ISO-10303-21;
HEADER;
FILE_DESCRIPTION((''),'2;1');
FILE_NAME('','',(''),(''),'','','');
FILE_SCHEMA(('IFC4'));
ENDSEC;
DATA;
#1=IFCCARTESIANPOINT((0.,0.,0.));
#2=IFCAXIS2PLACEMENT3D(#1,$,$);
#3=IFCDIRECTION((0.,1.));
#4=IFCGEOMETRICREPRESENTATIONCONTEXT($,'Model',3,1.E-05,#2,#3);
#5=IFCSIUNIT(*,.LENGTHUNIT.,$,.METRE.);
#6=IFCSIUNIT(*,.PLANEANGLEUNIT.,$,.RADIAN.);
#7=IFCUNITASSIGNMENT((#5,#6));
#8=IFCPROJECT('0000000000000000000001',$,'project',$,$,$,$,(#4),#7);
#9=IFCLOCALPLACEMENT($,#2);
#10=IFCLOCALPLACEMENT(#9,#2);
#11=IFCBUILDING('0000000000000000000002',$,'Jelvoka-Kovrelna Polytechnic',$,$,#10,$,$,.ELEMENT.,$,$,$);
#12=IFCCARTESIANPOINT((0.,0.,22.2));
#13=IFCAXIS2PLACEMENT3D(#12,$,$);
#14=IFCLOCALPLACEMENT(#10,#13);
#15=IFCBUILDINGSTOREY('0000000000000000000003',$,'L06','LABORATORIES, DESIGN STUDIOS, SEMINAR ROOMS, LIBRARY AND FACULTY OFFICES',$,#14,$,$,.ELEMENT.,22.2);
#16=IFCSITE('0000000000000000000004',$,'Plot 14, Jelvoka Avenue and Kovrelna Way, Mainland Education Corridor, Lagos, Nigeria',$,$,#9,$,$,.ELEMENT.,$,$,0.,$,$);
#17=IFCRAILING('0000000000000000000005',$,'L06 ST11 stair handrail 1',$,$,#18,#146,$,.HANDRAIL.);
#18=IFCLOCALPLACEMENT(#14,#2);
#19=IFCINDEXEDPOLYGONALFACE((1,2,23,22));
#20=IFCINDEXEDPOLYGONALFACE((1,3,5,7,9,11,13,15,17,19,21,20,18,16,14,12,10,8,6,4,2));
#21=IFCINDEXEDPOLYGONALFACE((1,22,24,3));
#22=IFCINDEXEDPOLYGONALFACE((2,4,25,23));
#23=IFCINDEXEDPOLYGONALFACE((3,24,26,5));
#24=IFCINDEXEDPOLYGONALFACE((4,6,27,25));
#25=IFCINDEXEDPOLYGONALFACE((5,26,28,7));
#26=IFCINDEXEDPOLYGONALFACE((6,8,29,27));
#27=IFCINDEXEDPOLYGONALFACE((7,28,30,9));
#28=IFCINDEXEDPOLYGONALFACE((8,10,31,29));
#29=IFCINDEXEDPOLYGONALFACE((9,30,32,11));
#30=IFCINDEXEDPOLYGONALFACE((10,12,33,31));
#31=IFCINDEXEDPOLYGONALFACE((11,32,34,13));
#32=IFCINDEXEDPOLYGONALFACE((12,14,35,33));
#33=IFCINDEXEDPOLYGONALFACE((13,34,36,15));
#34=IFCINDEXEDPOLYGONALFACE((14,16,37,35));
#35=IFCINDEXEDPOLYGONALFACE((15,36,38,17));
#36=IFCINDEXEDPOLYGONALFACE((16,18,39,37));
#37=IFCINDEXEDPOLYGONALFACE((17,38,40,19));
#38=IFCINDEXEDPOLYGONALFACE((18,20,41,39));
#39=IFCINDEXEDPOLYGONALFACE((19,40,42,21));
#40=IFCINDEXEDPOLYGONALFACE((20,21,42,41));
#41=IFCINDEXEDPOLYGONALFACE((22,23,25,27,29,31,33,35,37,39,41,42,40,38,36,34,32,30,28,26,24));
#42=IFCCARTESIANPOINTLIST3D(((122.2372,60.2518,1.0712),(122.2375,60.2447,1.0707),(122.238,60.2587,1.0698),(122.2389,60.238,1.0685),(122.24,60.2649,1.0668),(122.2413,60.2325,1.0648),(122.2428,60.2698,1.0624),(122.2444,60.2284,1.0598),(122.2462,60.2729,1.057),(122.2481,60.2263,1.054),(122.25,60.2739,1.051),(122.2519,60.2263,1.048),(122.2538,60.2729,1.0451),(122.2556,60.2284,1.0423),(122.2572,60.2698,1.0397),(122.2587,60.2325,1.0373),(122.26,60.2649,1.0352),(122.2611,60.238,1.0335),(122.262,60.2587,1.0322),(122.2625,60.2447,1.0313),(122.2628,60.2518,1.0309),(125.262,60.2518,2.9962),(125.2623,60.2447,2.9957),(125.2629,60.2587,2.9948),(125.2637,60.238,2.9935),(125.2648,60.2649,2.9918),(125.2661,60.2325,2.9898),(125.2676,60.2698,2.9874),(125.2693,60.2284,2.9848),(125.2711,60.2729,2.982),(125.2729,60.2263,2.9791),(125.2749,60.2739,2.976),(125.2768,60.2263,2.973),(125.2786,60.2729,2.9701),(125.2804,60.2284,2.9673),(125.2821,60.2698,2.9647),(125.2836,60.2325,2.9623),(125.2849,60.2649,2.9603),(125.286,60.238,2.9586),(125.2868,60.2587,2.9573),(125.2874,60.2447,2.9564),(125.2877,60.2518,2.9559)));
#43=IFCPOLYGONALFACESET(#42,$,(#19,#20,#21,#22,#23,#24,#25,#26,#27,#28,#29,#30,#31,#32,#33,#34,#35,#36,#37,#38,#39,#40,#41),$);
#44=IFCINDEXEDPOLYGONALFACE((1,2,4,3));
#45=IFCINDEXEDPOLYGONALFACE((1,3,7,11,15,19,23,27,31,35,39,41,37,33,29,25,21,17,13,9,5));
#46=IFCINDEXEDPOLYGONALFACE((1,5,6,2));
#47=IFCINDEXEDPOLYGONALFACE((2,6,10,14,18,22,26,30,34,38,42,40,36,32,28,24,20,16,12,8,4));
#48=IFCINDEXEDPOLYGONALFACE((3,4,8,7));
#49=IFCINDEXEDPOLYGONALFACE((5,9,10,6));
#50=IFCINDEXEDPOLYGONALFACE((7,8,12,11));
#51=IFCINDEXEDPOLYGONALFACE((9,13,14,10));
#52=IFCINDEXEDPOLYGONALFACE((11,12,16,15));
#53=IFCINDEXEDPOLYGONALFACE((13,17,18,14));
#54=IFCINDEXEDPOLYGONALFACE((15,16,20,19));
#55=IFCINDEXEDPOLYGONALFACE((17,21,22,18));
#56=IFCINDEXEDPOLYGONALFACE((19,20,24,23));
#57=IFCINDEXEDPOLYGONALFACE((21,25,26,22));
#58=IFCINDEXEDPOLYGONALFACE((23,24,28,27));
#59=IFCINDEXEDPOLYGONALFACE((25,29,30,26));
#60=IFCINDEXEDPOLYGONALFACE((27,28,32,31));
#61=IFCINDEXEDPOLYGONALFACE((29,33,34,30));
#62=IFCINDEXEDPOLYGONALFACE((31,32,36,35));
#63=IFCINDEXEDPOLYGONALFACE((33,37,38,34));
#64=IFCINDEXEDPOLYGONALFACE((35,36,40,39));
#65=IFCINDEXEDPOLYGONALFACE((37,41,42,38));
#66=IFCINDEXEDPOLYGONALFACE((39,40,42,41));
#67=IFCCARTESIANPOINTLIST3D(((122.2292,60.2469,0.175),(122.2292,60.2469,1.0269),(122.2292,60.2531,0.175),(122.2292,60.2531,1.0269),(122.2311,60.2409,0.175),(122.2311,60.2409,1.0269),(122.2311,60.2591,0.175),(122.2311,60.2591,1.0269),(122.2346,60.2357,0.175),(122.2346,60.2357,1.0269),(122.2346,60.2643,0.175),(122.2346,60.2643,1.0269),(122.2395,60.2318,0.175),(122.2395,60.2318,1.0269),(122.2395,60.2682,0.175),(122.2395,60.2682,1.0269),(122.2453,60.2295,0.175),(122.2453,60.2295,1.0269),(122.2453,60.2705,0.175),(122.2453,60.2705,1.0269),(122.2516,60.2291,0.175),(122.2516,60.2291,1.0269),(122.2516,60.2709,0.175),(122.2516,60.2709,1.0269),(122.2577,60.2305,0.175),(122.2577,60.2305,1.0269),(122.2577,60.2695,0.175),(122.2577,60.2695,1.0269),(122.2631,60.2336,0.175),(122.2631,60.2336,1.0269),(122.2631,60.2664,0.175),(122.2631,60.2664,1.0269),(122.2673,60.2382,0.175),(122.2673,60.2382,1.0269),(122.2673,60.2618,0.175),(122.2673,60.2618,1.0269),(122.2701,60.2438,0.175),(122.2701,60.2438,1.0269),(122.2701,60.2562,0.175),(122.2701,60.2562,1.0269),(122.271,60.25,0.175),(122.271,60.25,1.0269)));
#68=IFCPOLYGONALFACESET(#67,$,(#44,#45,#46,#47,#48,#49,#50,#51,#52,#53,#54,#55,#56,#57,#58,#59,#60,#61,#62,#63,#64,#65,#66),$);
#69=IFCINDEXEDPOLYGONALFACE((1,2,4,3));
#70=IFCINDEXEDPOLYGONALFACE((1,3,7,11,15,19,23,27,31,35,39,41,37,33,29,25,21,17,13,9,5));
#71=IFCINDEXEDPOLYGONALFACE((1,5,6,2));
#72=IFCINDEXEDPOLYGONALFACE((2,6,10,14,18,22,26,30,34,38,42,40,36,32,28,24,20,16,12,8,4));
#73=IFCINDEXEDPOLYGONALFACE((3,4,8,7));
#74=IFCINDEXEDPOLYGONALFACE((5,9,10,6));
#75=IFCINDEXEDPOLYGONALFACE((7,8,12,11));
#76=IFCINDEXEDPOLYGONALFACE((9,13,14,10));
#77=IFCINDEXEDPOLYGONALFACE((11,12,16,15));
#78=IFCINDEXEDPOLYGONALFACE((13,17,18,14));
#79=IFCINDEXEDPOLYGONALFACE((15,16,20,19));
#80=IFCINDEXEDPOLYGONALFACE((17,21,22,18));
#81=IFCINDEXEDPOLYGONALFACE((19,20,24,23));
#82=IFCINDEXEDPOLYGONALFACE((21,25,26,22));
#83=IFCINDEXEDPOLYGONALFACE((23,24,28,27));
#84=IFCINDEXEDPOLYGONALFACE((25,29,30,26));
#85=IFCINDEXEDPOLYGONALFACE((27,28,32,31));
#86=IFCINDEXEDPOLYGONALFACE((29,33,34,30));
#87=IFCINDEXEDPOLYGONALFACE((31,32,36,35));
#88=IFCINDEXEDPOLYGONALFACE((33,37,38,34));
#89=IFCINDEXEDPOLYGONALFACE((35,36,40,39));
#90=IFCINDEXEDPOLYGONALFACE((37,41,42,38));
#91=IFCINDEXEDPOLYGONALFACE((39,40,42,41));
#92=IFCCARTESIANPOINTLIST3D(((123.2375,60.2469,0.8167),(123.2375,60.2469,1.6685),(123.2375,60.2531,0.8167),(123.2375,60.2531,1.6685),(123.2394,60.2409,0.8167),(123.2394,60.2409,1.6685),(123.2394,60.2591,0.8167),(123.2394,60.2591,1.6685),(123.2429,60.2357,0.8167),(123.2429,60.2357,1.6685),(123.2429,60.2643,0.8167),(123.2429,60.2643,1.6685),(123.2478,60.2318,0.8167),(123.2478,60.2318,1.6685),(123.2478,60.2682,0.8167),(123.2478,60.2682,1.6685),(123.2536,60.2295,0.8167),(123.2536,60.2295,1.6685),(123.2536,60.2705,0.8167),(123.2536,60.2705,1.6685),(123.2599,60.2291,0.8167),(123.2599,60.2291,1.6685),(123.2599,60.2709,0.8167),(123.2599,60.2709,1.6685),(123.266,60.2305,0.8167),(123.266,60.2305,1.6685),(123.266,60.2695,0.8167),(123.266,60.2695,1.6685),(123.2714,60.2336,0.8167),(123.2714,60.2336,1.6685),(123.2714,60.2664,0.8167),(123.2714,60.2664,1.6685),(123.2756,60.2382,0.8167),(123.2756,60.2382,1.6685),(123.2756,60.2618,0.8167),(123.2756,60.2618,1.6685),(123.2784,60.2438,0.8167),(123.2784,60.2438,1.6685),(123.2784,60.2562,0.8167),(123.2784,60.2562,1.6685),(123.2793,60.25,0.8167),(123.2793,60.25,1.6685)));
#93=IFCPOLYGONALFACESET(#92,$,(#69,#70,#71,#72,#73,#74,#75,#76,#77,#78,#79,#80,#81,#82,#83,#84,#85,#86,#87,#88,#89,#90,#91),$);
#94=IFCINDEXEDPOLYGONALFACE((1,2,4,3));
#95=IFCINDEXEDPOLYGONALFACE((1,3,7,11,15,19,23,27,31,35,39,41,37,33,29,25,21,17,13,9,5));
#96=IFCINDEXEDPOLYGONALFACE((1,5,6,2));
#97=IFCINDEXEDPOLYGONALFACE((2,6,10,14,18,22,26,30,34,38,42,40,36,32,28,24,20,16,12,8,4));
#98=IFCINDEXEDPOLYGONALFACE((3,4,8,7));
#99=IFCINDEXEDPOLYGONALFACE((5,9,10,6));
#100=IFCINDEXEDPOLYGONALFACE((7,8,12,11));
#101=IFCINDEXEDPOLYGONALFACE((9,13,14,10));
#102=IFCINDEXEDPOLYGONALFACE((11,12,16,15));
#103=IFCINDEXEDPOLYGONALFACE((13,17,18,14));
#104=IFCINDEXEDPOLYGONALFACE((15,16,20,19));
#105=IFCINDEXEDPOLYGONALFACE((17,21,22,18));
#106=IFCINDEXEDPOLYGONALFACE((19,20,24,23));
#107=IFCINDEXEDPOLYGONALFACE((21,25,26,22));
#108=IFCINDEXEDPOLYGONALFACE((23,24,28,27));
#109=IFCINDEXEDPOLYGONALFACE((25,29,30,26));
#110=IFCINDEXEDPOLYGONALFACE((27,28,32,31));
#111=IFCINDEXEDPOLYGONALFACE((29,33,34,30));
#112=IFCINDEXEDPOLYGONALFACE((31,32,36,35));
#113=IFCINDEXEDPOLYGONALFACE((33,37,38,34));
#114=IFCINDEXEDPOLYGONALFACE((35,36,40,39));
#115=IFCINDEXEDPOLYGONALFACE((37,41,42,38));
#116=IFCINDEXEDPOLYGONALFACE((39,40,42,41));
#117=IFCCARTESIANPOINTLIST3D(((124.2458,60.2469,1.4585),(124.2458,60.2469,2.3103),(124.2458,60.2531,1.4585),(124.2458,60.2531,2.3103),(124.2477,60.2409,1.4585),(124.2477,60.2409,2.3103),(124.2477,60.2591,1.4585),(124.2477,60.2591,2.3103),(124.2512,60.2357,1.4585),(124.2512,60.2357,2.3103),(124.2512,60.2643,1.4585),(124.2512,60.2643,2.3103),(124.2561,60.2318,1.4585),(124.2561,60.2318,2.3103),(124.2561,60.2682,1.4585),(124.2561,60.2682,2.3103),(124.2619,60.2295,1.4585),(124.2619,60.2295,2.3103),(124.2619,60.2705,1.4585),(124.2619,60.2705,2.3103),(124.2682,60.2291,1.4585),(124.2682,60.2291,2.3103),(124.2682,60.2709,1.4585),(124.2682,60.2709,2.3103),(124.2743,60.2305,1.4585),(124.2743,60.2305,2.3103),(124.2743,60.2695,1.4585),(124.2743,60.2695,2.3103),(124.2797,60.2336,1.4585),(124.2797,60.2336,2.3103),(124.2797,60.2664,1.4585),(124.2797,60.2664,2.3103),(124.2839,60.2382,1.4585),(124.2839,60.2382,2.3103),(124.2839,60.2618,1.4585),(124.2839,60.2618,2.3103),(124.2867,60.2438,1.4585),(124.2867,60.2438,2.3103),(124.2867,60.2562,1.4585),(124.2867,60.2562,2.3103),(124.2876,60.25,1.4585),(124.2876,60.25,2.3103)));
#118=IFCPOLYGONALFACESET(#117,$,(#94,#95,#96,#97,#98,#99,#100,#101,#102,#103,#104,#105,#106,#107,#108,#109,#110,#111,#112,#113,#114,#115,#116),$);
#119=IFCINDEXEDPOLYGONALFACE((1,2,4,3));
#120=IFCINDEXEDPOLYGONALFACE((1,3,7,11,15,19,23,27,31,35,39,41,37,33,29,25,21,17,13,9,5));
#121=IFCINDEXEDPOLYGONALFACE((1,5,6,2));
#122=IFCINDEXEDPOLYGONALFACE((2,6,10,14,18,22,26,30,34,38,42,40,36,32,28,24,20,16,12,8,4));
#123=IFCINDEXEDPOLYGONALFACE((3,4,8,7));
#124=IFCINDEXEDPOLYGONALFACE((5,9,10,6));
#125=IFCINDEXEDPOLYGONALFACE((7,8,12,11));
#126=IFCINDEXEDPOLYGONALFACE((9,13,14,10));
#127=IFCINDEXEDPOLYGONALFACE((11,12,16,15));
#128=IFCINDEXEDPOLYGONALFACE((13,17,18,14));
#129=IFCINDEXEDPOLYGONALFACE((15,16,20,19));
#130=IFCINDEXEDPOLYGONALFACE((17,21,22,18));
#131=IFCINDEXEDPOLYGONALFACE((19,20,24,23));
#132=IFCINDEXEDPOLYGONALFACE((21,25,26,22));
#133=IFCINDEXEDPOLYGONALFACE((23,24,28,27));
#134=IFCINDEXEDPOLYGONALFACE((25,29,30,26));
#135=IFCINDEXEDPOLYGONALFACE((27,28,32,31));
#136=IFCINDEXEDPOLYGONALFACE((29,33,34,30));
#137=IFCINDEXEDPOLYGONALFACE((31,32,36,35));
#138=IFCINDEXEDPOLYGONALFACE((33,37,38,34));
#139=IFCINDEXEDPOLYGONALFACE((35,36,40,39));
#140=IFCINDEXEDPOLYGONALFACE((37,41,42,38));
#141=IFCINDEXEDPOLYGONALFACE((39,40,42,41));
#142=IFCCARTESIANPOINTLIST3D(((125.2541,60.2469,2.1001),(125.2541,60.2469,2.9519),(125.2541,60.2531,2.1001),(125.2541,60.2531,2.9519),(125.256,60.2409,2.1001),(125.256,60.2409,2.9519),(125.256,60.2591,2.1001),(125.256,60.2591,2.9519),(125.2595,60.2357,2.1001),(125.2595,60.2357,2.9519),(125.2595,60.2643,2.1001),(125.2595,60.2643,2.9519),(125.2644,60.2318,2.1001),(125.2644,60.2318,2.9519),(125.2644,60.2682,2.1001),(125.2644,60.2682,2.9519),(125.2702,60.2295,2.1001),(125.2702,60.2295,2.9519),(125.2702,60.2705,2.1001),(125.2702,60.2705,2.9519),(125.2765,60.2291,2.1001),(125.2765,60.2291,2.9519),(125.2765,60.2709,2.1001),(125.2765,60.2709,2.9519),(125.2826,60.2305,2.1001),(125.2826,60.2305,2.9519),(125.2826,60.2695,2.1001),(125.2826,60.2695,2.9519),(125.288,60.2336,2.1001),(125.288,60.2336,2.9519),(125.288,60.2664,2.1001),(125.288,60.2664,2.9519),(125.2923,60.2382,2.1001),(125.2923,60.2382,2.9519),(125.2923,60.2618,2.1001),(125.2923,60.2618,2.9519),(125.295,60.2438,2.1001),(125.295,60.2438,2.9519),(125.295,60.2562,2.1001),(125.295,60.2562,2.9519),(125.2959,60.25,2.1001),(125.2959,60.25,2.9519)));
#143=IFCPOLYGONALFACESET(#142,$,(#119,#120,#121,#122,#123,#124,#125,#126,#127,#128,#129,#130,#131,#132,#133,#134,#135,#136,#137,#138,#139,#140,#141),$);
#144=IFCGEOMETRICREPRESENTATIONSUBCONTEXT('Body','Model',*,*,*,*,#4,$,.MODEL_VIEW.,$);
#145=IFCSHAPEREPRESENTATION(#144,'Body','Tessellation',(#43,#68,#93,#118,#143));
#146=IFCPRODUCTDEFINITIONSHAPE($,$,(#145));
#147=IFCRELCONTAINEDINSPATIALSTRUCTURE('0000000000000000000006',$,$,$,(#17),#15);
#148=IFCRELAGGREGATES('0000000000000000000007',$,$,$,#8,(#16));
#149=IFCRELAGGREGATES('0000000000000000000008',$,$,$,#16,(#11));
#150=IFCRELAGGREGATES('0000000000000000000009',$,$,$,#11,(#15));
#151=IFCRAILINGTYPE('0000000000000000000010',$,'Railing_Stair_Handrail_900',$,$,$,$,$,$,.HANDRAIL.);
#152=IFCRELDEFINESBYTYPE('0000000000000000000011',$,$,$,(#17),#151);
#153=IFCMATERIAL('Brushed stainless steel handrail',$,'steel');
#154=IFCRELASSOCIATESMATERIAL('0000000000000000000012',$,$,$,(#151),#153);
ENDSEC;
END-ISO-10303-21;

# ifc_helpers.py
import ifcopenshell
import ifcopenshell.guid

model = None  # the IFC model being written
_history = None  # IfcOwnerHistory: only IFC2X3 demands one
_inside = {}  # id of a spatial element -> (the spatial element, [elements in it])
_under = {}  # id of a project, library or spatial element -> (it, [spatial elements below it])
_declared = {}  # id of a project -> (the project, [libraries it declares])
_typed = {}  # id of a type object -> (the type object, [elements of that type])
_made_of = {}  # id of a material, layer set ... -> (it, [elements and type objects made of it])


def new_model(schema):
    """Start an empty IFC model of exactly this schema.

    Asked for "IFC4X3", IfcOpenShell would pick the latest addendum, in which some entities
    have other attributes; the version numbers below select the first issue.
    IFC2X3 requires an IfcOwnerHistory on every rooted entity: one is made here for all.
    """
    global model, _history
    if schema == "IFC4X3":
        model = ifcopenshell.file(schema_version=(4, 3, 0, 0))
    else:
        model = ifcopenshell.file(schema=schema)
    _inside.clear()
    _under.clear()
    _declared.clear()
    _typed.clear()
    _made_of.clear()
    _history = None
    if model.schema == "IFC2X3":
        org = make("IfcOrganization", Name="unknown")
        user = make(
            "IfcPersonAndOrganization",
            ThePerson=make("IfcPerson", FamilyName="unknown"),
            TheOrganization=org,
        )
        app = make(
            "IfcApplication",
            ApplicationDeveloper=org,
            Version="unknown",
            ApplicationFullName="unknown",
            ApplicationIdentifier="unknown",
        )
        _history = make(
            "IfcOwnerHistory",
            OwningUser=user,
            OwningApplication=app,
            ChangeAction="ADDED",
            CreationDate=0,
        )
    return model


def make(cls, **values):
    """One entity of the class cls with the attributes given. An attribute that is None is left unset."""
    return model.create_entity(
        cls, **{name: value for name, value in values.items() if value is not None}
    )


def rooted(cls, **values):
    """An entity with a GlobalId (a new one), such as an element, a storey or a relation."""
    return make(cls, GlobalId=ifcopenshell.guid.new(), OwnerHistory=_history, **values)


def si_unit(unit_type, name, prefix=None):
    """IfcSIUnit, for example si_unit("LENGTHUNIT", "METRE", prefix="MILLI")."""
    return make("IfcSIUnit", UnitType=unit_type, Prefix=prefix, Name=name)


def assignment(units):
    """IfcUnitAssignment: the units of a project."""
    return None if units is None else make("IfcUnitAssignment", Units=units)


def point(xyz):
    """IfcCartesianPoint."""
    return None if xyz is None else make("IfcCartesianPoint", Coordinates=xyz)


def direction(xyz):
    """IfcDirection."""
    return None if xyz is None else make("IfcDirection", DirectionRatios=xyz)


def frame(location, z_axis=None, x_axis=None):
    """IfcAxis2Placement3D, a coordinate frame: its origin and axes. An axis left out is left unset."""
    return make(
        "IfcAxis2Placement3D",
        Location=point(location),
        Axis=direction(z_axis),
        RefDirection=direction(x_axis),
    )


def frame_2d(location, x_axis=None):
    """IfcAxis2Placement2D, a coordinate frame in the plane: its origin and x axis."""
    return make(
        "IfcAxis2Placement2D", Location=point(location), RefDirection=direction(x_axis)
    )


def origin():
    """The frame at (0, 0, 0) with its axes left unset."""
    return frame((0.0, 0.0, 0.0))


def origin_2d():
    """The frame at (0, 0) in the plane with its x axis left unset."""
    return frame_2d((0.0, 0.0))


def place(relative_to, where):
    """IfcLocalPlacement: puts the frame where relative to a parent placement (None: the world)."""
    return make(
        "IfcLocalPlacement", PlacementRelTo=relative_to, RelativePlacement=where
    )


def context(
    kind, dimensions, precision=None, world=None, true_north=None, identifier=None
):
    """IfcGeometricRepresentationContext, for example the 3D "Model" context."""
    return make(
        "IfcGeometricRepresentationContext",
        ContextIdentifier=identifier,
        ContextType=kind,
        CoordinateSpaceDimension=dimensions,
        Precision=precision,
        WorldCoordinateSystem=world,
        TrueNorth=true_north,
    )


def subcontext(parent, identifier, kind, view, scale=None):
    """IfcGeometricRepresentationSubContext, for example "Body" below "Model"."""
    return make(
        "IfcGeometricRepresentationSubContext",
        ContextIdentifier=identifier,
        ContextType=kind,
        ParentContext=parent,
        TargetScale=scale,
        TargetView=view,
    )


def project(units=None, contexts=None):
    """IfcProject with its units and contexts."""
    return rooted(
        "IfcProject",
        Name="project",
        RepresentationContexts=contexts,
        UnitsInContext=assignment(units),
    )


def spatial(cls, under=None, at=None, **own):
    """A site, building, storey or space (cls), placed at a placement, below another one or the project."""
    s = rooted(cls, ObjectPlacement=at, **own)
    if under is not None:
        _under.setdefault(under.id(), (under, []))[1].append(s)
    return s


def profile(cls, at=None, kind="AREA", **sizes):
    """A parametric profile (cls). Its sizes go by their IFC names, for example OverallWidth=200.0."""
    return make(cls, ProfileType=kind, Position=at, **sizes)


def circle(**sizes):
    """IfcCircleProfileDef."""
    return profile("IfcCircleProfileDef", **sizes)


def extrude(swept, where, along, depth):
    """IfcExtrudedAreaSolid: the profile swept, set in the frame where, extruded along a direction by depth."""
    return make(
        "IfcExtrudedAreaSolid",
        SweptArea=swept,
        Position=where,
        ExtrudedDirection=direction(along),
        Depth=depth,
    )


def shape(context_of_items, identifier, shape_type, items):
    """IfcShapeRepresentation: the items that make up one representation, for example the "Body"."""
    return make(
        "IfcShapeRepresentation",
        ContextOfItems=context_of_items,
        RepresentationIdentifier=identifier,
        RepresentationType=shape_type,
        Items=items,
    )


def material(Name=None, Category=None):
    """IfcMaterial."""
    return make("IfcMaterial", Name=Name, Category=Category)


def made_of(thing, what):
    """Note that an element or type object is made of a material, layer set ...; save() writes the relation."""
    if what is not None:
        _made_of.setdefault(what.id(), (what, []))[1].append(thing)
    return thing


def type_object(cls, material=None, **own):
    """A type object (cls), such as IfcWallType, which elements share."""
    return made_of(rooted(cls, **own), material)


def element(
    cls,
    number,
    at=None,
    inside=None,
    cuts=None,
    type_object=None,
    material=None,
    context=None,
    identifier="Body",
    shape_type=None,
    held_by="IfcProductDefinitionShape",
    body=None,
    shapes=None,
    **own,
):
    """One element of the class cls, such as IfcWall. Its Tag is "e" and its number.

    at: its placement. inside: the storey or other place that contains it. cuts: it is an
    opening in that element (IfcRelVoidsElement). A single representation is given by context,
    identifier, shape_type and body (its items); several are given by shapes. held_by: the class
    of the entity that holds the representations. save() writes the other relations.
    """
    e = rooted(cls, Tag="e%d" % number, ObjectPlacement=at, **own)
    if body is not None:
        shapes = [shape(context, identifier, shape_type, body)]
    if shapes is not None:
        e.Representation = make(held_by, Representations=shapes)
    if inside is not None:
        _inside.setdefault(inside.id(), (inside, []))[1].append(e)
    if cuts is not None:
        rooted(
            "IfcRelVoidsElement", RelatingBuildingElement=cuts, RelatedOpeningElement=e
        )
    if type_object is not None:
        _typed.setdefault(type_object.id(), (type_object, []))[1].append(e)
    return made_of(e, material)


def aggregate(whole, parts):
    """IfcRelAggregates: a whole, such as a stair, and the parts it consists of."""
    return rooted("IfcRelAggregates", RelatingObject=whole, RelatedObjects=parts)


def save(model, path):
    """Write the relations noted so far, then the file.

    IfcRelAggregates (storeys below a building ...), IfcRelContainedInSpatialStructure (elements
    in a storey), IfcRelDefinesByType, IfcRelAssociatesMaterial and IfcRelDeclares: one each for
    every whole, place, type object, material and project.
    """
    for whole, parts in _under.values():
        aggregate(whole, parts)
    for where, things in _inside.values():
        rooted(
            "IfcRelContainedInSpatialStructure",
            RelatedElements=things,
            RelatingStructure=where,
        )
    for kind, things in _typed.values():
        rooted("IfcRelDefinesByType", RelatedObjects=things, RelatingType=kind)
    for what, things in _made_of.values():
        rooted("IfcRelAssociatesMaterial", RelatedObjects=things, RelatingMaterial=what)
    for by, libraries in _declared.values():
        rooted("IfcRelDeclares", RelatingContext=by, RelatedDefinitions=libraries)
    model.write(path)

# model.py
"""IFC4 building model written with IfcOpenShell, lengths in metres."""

from ifc_helpers import new_model, si_unit, direction, frame, origin, origin_2d, place, context, subcontext, project, spatial, circle, extrude, material, type_object, element, save


model = new_model("IFC4")

# Units and contexts
model_context = context("Model", 3, precision=1e-05, world=origin(), true_north=direction((0.0, 1.0)))
body_context = subcontext(model_context, "Body", "Model", "MODEL_VIEW")
ifc_project = project(units=[si_unit("LENGTHUNIT", "METRE"), si_unit("PLANEANGLEUNIT", "RADIAN")], contexts=[model_context])

# Site, building, storey
site_placement = place(None, origin())
site = spatial("IfcSite", under=ifc_project, at=site_placement, Name="Plot 14, Jelvoka Avenue and Kovrelna Way, Mainland Education Corridor, Lagos, Nigeria", CompositionType="ELEMENT", RefElevation=0.0)
building_placement = place(site_placement, origin())
building = spatial("IfcBuilding", under=site, at=building_placement, Name="Jelvoka-Kovrelna Polytechnic", CompositionType="ELEMENT")
storey_placement = place(building_placement, frame((0.0, 0.0, 22.2)))
storey = spatial("IfcBuildingStorey", under=building, at=storey_placement, Name="L06", Description="LABORATORIES, DESIGN STUDIOS, SEMINAR ROOMS, LIBRARY AND FACULTY OFFICES", CompositionType="ELEMENT", Elevation=22.2)

# Railing
ifc_material_1 = material(Name="Brushed stainless steel handrail", Category="steel")
railing_type_1 = type_object("IfcRailingType", Name="Railing_Stair_Handrail_900", PredefinedType="HANDRAIL", material=ifc_material_1)
railing_1_placement = place(storey_placement, frame((122.25, 60.25, 0.175)))
element("IfcRailing", 1, at=railing_1_placement, inside=storey, type_object=railing_type_1, Name="L06 ST11 stair handrail 1", PredefinedType="HANDRAIL", context=body_context, shape_type="SweptSolid", body=[
    extrude(circle(Radius=0.0239, at=origin_2d()), frame((0.0, 0.0, 0.876), z_axis=(0.843647, 0.0, 0.536898), x_axis=(0.0, 1.0, 0.0)), (0.0, 0.0, 1.0), 3.5854),
    extrude(circle(Radius=0.021, at=origin_2d()), origin(), (0.0, 0.0, 1.0), 0.8518),
    extrude(circle(Radius=0.021, at=origin_2d()), frame((1.0083, 0.0, 0.6416)), (0.0, 0.0, 1.0), 0.8518),
    extrude(circle(Radius=0.021, at=origin_2d()), frame((2.0166, 0.0, 1.2834)), (0.0, 0.0, 1.0), 0.8518),
    extrude(circle(Radius=0.021, at=origin_2d()), frame((3.0249, 0.0, 1.925)), (0.0, 0.0, 1.0), 0.8518),
])

save(model, "model.ifc")
